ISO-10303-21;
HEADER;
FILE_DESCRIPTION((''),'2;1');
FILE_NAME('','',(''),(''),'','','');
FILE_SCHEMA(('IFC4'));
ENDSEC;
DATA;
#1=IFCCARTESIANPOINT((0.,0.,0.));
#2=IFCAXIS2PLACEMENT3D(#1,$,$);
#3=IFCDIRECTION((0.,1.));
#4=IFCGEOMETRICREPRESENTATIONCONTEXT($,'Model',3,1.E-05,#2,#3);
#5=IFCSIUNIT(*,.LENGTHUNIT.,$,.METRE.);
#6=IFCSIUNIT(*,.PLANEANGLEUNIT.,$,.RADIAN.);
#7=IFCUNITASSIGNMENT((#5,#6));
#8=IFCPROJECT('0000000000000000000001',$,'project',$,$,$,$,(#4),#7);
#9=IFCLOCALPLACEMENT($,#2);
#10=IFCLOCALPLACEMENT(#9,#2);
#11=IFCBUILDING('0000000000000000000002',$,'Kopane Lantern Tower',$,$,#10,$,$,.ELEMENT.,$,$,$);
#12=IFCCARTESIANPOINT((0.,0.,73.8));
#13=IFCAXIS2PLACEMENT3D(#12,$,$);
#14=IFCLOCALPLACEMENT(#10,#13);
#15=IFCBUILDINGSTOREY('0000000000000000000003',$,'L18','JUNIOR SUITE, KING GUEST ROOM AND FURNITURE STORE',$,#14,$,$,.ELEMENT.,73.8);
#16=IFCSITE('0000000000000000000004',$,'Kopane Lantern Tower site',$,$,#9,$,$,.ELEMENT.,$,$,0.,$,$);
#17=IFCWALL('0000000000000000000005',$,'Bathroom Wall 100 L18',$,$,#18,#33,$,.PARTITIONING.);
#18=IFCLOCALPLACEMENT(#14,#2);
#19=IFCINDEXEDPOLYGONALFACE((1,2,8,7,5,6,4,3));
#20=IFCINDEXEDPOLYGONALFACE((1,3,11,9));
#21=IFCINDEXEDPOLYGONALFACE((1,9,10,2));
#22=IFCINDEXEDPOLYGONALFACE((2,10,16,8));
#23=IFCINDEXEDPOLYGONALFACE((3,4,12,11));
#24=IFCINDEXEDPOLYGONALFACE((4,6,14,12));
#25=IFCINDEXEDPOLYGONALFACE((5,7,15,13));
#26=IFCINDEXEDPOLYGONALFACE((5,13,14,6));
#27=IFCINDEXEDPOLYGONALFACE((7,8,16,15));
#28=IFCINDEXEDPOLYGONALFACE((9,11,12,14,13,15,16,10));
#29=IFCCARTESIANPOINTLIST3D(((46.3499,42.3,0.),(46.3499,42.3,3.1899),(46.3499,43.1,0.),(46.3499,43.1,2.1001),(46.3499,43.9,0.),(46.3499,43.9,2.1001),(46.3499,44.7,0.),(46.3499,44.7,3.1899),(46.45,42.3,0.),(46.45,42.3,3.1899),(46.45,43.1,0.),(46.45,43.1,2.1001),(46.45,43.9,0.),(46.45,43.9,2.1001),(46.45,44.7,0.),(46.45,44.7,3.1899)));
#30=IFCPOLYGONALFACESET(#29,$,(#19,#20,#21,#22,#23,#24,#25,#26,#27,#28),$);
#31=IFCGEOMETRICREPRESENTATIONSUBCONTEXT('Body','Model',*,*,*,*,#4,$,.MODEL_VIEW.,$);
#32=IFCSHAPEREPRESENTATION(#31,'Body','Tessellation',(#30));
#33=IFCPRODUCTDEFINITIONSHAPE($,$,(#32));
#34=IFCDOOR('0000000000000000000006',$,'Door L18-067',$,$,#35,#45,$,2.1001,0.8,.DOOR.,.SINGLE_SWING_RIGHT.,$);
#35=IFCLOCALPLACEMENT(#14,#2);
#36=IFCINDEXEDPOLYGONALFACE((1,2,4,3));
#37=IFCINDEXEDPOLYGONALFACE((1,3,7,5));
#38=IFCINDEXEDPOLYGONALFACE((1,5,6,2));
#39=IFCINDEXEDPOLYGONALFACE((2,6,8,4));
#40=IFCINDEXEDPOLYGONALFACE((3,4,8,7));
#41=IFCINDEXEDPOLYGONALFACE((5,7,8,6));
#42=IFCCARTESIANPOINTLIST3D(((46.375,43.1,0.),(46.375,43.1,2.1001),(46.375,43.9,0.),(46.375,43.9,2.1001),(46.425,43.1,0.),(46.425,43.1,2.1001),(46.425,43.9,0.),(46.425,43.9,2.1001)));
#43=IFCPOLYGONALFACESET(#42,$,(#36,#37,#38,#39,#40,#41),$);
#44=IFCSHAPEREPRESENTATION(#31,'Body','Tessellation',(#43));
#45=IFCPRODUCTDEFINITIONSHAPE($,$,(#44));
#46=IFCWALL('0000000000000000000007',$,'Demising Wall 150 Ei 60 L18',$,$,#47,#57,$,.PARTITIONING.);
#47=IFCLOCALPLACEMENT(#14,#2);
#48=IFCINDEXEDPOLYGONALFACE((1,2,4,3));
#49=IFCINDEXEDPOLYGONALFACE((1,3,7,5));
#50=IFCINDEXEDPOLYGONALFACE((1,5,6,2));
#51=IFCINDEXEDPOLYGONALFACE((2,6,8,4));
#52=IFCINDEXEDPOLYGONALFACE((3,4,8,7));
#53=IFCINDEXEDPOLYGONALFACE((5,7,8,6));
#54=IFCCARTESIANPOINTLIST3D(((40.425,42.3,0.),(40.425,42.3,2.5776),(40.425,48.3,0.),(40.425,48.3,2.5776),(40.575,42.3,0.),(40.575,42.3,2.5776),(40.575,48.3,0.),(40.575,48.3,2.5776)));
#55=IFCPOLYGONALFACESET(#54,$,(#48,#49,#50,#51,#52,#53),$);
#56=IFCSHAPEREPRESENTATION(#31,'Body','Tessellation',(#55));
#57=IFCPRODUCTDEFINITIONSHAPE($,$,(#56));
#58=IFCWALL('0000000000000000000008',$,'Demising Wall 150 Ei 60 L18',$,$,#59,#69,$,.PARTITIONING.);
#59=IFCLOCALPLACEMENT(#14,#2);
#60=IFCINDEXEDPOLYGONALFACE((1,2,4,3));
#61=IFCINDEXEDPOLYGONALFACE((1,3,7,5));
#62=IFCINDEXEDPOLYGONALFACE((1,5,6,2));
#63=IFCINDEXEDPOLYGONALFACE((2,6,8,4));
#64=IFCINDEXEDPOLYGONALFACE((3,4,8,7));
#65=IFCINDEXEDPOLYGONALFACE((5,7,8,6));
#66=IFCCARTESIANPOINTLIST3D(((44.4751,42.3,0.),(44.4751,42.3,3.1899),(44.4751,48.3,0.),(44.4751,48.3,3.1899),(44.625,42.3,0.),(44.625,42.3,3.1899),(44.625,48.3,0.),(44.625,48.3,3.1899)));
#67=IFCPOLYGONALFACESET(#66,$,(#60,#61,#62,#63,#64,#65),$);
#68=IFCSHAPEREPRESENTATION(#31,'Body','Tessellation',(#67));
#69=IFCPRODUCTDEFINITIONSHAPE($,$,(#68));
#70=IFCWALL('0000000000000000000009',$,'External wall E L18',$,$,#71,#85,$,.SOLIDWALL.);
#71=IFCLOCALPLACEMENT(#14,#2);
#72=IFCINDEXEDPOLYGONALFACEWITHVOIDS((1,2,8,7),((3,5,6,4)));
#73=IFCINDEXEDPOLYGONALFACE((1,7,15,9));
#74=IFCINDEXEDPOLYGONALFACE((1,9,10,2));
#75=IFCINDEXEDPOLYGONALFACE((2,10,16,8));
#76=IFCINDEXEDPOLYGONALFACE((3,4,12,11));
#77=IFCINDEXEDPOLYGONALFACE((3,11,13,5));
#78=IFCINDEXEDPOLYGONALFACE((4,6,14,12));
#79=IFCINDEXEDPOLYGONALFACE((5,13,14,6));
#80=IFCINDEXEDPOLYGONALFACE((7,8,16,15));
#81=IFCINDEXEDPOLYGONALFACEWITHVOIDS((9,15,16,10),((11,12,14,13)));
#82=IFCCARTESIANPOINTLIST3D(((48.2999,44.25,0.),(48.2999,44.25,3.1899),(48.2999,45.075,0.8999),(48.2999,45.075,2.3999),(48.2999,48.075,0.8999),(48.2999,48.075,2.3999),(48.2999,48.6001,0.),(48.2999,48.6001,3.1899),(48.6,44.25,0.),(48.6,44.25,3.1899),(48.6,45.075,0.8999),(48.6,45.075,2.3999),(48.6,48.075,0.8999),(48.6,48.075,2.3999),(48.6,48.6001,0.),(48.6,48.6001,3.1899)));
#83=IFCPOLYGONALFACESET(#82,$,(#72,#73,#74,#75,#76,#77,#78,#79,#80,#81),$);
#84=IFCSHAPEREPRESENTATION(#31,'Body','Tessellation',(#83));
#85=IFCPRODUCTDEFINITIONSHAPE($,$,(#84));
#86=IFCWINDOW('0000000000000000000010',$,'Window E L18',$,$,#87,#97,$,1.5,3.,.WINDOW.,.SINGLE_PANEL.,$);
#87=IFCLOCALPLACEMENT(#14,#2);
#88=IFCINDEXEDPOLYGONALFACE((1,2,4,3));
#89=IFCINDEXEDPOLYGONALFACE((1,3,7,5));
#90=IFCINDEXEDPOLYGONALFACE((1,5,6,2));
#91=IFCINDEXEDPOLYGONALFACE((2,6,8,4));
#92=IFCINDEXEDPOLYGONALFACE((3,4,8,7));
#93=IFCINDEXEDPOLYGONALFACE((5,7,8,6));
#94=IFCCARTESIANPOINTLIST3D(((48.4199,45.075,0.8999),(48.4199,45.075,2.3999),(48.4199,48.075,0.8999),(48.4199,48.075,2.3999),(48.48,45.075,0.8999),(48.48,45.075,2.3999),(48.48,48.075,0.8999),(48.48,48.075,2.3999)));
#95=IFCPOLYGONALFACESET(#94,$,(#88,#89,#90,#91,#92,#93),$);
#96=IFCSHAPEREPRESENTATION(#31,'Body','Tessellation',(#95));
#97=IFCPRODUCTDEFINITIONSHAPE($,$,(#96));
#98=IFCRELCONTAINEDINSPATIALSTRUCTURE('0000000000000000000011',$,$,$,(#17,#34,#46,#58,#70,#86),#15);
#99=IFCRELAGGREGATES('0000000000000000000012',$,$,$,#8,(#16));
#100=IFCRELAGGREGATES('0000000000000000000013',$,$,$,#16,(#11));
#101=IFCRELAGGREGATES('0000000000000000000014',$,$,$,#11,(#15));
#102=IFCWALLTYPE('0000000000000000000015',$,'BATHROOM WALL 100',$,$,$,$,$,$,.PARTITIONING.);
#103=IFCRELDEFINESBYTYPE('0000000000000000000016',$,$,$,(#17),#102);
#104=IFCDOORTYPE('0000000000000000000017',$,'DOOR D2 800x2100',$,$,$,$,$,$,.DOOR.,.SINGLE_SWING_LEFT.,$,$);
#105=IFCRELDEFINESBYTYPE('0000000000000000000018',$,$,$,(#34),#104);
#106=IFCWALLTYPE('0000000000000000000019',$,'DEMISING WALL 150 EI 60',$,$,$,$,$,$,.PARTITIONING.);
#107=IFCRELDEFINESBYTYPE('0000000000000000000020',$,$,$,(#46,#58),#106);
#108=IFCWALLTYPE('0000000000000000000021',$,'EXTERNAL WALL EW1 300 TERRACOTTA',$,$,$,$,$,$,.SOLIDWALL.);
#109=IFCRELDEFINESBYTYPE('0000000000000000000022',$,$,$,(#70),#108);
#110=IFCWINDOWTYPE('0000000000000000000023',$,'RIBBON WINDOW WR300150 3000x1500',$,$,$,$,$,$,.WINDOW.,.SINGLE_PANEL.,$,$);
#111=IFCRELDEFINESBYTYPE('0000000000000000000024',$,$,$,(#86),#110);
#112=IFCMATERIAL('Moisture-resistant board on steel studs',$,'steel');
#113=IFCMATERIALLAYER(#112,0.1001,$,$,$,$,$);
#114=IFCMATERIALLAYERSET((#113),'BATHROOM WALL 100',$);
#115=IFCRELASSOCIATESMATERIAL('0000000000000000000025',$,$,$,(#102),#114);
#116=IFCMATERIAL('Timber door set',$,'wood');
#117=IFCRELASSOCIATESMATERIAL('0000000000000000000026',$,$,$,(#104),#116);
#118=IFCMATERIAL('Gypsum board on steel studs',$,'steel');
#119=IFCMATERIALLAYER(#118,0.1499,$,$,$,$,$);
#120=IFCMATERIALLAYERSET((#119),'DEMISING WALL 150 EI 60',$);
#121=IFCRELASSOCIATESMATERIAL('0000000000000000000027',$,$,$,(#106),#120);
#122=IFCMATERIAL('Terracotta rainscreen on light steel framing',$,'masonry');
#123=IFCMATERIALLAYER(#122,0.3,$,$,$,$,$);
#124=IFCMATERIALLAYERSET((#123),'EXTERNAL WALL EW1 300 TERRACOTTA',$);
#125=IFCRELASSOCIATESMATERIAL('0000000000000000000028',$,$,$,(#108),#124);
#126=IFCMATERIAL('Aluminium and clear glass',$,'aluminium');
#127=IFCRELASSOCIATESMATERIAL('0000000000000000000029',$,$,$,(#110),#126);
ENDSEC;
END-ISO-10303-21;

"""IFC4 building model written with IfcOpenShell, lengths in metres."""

from ifc_helpers import new_model, si_unit, direction, frame, frame_2d, origin, place, context, subcontext, project, spatial, rectangle, extrude, material, layer, layer_set, type_object, element, fill, save


model = new_model("IFC4")

# Units and contexts
model_context = context("Model", 3, precision=1e-05, world=origin(), true_north=direction((0.0, 1.0)))
body_context = subcontext(model_context, "Body", "Model", "MODEL_VIEW")
ifc_project = project(units=[si_unit("LENGTHUNIT", "METRE"), si_unit("PLANEANGLEUNIT", "RADIAN")], contexts=[model_context])

# Site, building, storey
site_placement = place(None, origin())
site = spatial("IfcSite", under=ifc_project, at=site_placement, Name="Kopane Lantern Tower site", CompositionType="ELEMENT", RefElevation=0.0)
building_placement = place(site_placement, origin())
building = spatial("IfcBuilding", under=site, at=building_placement, Name="Kopane Lantern Tower", CompositionType="ELEMENT")
storey_placement = place(building_placement, frame((0.0, 0.0, 73.8)))
storey = spatial("IfcBuildingStorey", under=building, at=storey_placement, Name="L18", Description="JUNIOR SUITE, KING GUEST ROOM AND FURNITURE STORE", CompositionType="ELEMENT", Elevation=73.8)

# Shared definitions
ifc_material_1 = material(Name="Moisture-resistant board on steel studs", Category="steel")
ifc_layer_1 = layer(ifc_material_1, 0.1001)
ifc_layer_set_1 = layer_set([ifc_layer_1], Name="BATHROOM WALL 100")
wall_type_1 = type_object("IfcWallType", Name="BATHROOM WALL 100", PredefinedType="PARTITIONING", material=ifc_layer_set_1)

# Wall, opening, door
ifc_material_2 = material(Name="Timber door set", Category="wood")
door_type_1 = type_object("IfcDoorType", Name="DOOR D2 800x2100", OperationType="SINGLE_SWING_LEFT", PredefinedType="DOOR", material=ifc_material_2)
wall_1_placement = place(storey_placement, frame((46.3999, 42.3, 0.0), z_axis=(0.0, 0.0, 1.0), x_axis=(0.0, 1.0, 0.0)))
wall_1 = element("IfcWall", 1, at=wall_1_placement, inside=storey, type_object=wall_type_1, Name="Bathroom Wall 100 L18", PredefinedType="PARTITIONING", context=body_context, shape_type="SweptSolid", body=[
    extrude(rectangle(XDim=2.3999, YDim=0.1001, at=frame_2d((1.2, 0.0))), origin(), (0.0, 0.0, 1.0), 3.1899),
])
opening_1_placement = place(wall_1_placement, frame((0.8, 0.0, 0.0)))
opening_1 = element("IfcOpeningElement", 2, at=opening_1_placement, cuts=wall_1, PredefinedType="OPENING", context=body_context, shape_type="SweptSolid", body=[
    extrude(rectangle(XDim=0.8, YDim=2.1001, at=frame_2d((0.3999, 1.05))), frame((0.0, 0.0601, 0.0), z_axis=(0.0, -1.0, 0.0), x_axis=(1.0, 0.0, 0.0)), (0.0, 0.0, 1.0), 0.1201),
])
door_1_placement = place(opening_1_placement, origin())
door_1 = element("IfcDoor", 3, at=door_1_placement, inside=storey, type_object=door_type_1, Name="Door L18-067", OperationType="SINGLE_SWING_RIGHT", OverallHeight=2.1001, OverallWidth=0.8, PredefinedType="DOOR", context=body_context, shape_type="SweptSolid", body=[
    extrude(rectangle(XDim=0.8, YDim=2.1001, at=frame_2d((0.3999, 1.05))), frame((0.0, 0.0249, 0.0), z_axis=(0.0, -1.0, 0.0), x_axis=(1.0, 0.0, 0.0)), (0.0, 0.0, 1.0), 0.05),
])
fill(opening_1, door_1)

# Walls
ifc_material_3 = material(Name="Gypsum board on steel studs", Category="steel")
ifc_layer_2 = layer(ifc_material_3, 0.1499)
ifc_layer_set_2 = layer_set([ifc_layer_2], Name="DEMISING WALL 150 EI 60")
wall_type_2 = type_object("IfcWallType", Name="DEMISING WALL 150 EI 60", PredefinedType="PARTITIONING", material=ifc_layer_set_2)
wall_2_placement = place(storey_placement, frame((40.5, 42.3, 0.0), z_axis=(0.0, 0.0, 1.0), x_axis=(0.0, 1.0, 0.0)))
element("IfcWall", 4, at=wall_2_placement, inside=storey, type_object=wall_type_2, Name="Demising Wall 150 Ei 60 L18", PredefinedType="PARTITIONING", context=body_context, shape_type="SweptSolid", body=[
    extrude(rectangle(XDim=6.0, YDim=0.1499, at=frame_2d((3.0, 0.0))), origin(), (0.0, 0.0, 1.0), 2.5776),
])
wall_3_placement = place(storey_placement, frame((44.55, 42.3, 0.0), z_axis=(0.0, 0.0, 1.0), x_axis=(0.0, 1.0, 0.0)))
element("IfcWall", 5, at=wall_3_placement, inside=storey, type_object=wall_type_2, Name="Demising Wall 150 Ei 60 L18", PredefinedType="PARTITIONING", context=body_context, shape_type="SweptSolid", body=[
    extrude(rectangle(XDim=6.0, YDim=0.1499, at=frame_2d((3.0, 0.0))), origin(), (0.0, 0.0, 1.0), 3.1899),
])

# Wall, opening, window
ifc_material_4 = material(Name="Terracotta rainscreen on light steel framing", Category="masonry")
ifc_layer_3 = layer(ifc_material_4, 0.3)
ifc_layer_set_3 = layer_set([ifc_layer_3], Name="EXTERNAL WALL EW1 300 TERRACOTTA")
wall_type_3 = type_object("IfcWallType", Name="EXTERNAL WALL EW1 300 TERRACOTTA", PredefinedType="SOLIDWALL", material=ifc_layer_set_3)
wall_4_placement = place(storey_placement, frame((48.45, 44.25, 0.0), z_axis=(0.0, 0.0, 1.0), x_axis=(0.0, 1.0, 0.0)))
wall_4 = element("IfcWall", 6, at=wall_4_placement, inside=storey, type_object=wall_type_3, Name="External wall E L18", PredefinedType="SOLIDWALL", context=body_context, shape_type="SweptSolid", body=[
    extrude(rectangle(XDim=4.3501, YDim=0.3, at=frame_2d((2.175, 0.0))), origin(), (0.0, 0.0, 1.0), 3.1899),
])
opening_2_placement = place(wall_4_placement, frame((0.825, 0.0, 0.8999)))
opening_2 = element("IfcOpeningElement", 7, at=opening_2_placement, cuts=wall_4, PredefinedType="OPENING", context=body_context, shape_type="SweptSolid", body=[
    extrude(rectangle(XDim=3.0, YDim=1.5, at=frame_2d((1.5, 0.75))), frame((0.0, 0.1599, 0.0), z_axis=(0.0, -1.0, 0.0), x_axis=(1.0, 0.0, 0.0)), (0.0, 0.0, 1.0), 0.3201),
])
ifc_material_5 = material(Name="Aluminium and clear glass", Category="aluminium")
window_type_1 = type_object("IfcWindowType", Name="RIBBON WINDOW WR300150 3000x1500", PartitioningType="SINGLE_PANEL", PredefinedType="WINDOW", material=ifc_material_5)
window_1_placement = place(opening_2_placement, origin())
window_1 = element("IfcWindow", 8, at=window_1_placement, inside=storey, type_object=window_type_1, Name="Window E L18", OverallHeight=1.5, OverallWidth=3.0, PartitioningType="SINGLE_PANEL", PredefinedType="WINDOW", context=body_context, shape_type="SweptSolid", body=[
    extrude(rectangle(XDim=3.0, YDim=1.5, at=frame_2d((1.5, 0.75))), frame((0.0, 0.03, 0.0), z_axis=(0.0, -1.0, 0.0), x_axis=(1.0, 0.0, 0.0)), (0.0, 0.0, 1.0), 0.0601),
])
fill(opening_2, window_1)

save(model, "model.ifc")
